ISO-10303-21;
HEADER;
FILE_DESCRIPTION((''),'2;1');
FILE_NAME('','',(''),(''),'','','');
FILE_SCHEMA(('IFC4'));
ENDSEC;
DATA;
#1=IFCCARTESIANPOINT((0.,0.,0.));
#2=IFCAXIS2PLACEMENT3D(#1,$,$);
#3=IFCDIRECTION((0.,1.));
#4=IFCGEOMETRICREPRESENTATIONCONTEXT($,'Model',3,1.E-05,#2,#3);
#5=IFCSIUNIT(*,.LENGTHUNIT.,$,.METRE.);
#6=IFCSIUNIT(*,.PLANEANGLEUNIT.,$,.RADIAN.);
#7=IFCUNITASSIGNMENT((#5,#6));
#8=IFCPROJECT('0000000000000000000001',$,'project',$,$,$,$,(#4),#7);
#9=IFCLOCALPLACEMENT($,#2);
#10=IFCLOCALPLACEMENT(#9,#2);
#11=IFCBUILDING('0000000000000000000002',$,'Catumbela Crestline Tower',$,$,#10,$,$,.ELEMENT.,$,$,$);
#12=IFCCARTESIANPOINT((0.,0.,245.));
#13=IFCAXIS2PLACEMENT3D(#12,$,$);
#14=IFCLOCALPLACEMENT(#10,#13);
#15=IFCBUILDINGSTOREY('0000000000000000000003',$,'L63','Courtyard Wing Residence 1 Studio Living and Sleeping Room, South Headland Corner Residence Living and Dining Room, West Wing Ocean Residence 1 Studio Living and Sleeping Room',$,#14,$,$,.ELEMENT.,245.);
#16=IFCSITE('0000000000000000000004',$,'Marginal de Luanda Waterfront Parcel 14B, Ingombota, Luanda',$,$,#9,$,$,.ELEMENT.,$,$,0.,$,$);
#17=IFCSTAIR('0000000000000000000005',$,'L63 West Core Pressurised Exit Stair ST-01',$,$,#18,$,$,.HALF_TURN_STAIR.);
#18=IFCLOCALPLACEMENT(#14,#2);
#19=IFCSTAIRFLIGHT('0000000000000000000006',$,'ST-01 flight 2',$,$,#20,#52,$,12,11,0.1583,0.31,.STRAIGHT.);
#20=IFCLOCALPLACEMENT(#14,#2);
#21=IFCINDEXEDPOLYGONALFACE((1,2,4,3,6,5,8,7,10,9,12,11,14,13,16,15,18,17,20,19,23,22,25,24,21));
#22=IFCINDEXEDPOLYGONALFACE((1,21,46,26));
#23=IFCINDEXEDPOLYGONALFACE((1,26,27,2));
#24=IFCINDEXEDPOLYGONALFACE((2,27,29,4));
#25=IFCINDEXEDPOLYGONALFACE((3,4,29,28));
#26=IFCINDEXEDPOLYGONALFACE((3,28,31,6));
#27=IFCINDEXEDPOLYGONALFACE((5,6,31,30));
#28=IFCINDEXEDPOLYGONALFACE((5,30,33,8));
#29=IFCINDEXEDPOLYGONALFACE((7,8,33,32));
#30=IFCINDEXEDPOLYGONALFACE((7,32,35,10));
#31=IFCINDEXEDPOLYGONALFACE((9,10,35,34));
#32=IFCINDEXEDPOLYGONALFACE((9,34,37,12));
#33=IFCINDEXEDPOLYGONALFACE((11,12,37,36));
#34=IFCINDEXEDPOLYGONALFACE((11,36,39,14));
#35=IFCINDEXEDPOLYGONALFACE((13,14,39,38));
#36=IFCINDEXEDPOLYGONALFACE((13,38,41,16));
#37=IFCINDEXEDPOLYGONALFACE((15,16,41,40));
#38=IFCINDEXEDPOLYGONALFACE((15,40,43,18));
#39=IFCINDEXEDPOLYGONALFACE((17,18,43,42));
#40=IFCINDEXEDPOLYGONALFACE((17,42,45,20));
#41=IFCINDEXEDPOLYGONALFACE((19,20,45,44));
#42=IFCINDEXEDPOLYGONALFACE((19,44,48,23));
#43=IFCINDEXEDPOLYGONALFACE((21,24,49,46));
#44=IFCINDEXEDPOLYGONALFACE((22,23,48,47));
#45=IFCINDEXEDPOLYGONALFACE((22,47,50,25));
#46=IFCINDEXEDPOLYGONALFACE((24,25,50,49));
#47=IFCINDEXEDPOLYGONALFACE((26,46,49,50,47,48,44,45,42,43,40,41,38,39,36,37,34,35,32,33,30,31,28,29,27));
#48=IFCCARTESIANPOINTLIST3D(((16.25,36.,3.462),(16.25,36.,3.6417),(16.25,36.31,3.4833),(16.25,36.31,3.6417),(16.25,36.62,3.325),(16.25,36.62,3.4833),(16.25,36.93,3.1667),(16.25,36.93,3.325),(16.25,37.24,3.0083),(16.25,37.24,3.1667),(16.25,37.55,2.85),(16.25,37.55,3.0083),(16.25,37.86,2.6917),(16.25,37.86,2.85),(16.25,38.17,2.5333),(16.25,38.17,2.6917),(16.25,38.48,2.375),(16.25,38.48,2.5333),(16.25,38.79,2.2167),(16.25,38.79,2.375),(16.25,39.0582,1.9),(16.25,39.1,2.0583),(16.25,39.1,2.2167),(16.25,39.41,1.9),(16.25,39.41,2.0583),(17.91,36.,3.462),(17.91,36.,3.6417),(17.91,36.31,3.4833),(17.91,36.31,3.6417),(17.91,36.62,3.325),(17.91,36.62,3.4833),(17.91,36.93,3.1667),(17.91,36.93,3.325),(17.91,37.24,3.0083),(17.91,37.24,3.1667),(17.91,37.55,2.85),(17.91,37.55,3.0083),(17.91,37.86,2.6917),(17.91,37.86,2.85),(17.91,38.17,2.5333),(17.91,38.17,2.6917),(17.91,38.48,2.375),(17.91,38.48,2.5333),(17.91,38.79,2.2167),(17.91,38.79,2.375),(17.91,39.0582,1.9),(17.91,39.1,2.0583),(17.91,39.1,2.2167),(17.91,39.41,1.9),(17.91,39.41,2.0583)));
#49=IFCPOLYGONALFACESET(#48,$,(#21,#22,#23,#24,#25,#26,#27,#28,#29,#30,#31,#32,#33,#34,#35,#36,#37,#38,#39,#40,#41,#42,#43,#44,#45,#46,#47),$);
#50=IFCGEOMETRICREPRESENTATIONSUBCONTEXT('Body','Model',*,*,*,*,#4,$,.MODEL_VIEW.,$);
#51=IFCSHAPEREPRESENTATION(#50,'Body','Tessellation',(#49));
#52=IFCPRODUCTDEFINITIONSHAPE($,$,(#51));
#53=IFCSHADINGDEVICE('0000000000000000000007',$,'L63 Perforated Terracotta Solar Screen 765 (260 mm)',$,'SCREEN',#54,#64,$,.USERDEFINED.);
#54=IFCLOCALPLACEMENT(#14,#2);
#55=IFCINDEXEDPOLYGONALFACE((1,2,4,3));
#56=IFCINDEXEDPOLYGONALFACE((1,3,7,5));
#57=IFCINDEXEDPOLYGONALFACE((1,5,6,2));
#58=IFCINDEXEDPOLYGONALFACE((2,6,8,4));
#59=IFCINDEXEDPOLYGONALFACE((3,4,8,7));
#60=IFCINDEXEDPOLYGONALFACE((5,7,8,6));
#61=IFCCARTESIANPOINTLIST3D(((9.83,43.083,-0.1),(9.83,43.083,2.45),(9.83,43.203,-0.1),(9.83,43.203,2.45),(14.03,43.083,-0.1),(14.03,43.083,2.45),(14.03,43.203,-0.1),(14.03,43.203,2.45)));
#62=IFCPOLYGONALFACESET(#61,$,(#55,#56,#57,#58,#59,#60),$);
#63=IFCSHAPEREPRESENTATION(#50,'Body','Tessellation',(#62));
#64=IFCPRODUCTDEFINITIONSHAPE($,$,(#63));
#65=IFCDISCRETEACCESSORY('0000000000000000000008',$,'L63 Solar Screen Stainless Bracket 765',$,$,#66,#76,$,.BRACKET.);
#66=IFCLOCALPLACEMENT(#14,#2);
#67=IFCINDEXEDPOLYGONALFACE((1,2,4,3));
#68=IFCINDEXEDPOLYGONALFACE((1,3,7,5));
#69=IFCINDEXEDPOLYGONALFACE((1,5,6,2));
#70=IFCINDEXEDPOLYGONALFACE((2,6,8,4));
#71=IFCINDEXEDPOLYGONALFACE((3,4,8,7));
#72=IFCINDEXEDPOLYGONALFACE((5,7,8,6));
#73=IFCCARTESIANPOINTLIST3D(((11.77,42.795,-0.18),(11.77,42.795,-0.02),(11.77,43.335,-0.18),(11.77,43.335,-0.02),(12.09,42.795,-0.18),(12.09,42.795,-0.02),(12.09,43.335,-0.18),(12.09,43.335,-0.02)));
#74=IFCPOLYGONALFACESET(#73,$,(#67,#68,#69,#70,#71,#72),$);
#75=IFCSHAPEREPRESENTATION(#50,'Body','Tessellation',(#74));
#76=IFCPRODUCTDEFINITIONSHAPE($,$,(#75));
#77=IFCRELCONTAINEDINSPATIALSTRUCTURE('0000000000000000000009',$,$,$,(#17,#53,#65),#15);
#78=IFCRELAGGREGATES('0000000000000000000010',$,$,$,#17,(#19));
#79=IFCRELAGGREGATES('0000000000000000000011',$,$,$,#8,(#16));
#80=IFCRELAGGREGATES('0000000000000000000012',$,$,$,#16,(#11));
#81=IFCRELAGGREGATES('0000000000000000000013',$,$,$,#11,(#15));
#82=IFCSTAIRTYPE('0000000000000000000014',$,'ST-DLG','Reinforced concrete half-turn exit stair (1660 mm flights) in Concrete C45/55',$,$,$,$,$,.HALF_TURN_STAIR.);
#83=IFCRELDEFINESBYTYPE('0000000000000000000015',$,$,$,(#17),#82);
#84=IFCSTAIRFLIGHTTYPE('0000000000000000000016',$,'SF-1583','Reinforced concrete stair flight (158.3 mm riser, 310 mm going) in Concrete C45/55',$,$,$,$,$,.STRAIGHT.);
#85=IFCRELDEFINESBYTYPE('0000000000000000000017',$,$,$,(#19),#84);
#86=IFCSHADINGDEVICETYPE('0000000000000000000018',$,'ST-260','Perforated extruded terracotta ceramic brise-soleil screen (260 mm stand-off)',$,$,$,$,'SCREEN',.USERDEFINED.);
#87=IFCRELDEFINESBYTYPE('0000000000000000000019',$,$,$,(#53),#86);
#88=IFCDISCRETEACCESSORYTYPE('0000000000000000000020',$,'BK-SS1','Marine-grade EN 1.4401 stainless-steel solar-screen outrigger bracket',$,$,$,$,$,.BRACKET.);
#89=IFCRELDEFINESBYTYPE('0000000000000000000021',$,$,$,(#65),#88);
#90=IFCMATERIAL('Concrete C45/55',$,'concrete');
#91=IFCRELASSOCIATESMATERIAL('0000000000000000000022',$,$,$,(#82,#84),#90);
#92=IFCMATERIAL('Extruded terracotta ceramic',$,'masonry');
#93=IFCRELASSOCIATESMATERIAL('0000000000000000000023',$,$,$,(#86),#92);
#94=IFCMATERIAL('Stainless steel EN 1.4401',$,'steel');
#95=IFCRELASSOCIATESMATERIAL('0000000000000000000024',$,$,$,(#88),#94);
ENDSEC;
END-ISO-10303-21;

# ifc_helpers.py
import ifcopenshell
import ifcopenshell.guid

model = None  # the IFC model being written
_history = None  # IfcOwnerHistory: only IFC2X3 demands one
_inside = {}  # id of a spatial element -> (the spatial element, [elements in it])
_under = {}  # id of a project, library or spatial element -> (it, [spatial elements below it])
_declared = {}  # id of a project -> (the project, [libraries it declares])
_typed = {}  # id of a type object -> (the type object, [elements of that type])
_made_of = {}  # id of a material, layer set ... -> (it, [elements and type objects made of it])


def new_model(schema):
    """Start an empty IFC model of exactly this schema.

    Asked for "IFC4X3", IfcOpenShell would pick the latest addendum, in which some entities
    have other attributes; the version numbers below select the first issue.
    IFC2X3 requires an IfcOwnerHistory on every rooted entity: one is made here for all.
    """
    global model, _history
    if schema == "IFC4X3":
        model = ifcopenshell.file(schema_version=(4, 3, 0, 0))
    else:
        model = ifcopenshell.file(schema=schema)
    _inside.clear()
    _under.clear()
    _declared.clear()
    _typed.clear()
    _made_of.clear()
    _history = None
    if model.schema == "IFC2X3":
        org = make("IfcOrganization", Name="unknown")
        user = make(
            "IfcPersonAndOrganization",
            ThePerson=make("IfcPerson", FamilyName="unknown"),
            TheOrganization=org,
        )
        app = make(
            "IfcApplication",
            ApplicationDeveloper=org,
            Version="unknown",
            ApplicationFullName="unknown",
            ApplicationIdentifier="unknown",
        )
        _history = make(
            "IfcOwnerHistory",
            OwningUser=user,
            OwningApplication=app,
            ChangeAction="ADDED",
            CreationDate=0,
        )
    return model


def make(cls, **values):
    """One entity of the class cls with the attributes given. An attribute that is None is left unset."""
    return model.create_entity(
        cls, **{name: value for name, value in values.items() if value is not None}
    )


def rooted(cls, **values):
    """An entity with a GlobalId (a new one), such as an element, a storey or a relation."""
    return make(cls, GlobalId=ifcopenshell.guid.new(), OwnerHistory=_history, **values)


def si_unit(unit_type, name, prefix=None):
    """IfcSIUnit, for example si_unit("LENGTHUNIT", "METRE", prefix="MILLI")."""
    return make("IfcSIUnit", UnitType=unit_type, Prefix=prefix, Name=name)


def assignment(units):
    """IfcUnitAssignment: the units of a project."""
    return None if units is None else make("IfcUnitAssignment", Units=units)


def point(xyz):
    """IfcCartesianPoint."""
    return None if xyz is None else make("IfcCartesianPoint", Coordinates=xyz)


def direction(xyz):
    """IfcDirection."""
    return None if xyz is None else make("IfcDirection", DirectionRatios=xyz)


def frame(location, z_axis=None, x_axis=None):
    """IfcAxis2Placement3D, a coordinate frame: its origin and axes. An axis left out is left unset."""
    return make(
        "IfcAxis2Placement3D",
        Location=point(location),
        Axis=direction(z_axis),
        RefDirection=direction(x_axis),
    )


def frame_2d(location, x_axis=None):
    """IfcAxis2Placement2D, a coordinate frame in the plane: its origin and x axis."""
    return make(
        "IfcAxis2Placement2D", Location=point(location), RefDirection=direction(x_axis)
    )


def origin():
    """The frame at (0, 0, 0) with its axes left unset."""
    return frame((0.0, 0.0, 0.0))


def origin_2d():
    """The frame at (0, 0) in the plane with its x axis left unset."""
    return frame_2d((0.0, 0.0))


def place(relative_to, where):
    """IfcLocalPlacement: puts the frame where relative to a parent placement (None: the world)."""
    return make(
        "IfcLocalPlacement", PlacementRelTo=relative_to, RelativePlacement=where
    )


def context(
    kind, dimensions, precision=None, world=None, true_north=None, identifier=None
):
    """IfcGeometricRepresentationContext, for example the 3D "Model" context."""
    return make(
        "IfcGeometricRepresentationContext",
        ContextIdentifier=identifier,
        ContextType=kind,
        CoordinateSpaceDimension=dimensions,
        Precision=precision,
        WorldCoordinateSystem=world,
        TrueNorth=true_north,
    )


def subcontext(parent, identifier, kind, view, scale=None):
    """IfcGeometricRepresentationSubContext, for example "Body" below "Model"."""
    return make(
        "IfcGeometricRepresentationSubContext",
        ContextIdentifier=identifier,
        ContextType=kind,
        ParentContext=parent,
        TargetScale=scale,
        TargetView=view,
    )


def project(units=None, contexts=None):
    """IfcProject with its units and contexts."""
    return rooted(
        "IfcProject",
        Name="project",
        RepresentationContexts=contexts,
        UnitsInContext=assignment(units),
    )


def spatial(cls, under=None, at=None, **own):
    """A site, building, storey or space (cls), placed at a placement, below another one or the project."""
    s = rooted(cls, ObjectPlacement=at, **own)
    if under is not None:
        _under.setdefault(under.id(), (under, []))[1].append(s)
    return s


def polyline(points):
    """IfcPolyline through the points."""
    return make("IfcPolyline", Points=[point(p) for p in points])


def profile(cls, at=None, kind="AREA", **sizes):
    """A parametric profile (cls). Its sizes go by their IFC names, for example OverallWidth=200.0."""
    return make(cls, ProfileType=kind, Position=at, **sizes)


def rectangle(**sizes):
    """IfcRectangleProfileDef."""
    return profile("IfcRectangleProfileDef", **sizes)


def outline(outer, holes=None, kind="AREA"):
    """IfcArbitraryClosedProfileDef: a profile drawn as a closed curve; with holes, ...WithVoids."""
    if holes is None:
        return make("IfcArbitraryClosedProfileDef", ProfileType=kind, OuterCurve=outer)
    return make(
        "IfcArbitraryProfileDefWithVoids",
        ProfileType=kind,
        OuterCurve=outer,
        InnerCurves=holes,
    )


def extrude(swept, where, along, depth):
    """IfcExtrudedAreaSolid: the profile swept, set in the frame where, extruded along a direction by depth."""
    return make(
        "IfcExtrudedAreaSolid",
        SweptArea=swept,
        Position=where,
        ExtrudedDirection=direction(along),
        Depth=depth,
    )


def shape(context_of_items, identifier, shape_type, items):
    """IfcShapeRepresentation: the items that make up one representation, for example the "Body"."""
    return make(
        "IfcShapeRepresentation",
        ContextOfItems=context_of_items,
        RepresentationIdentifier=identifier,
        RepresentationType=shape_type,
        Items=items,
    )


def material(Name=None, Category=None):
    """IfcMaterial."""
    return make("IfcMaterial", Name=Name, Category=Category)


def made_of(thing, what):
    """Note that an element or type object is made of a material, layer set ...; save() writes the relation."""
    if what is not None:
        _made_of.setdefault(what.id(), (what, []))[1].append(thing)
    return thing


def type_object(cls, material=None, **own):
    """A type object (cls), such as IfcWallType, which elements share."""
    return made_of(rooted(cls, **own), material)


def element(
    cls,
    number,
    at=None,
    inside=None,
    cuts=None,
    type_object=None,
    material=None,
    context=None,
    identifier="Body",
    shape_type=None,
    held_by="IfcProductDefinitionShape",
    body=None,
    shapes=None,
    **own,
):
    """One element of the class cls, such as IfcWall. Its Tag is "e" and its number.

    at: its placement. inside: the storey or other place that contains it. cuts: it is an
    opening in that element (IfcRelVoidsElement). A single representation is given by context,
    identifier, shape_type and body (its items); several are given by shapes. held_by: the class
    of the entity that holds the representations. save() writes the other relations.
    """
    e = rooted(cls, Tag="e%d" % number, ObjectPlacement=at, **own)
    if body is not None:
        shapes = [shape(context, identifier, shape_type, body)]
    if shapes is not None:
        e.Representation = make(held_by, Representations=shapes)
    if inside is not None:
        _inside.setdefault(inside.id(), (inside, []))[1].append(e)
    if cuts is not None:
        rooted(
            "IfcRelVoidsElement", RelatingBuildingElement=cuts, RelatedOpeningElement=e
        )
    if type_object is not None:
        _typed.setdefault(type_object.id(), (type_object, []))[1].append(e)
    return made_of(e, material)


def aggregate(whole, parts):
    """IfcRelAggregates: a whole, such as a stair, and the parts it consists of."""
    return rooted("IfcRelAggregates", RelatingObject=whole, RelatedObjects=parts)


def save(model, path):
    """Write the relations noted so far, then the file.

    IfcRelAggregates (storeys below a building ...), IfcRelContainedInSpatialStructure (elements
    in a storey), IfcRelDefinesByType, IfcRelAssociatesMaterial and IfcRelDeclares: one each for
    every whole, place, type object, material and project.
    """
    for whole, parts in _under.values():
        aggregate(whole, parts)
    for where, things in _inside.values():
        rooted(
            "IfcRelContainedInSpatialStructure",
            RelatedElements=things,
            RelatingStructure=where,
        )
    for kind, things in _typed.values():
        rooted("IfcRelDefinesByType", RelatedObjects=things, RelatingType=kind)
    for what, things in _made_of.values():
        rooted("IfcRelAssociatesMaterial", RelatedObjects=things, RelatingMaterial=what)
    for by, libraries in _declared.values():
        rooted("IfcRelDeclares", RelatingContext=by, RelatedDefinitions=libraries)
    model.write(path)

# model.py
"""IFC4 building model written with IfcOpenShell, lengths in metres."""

from ifc_helpers import new_model, si_unit, direction, frame, origin, origin_2d, place, context, subcontext, project, spatial, polyline, rectangle, outline, extrude, material, type_object, element, aggregate, save


model = new_model("IFC4")

# Units and contexts
model_context = context("Model", 3, precision=1e-05, world=origin(), true_north=direction((0.0, 1.0)))
body_context = subcontext(model_context, "Body", "Model", "MODEL_VIEW")
ifc_project = project(units=[si_unit("LENGTHUNIT", "METRE"), si_unit("PLANEANGLEUNIT", "RADIAN")], contexts=[model_context])

# Site, building, storey
site_placement = place(None, origin())
site = spatial("IfcSite", under=ifc_project, at=site_placement, Name="Marginal de Luanda Waterfront Parcel 14B, Ingombota, Luanda", CompositionType="ELEMENT", RefElevation=0.0)
building_placement = place(site_placement, origin())
building = spatial("IfcBuilding", under=site, at=building_placement, Name="Catumbela Crestline Tower", CompositionType="ELEMENT")
storey_placement = place(building_placement, frame((0.0, 0.0, 245.0)))
storey = spatial("IfcBuildingStorey", under=building, at=storey_placement, Name="L63", Description="Courtyard Wing Residence 1 Studio Living and Sleeping Room, South Headland Corner Residence Living and Dining Room, West Wing Ocean Residence 1 Studio Living and Sleeping Room", CompositionType="ELEMENT", Elevation=245.0)

# Shared definitions
ifc_material_1 = material(Name="Concrete C45/55", Category="concrete")

# Stair, stair flight
stair_type = type_object("IfcStairType", Name="ST-DLG", Description="Reinforced concrete half-turn exit stair (1660 mm flights) in Concrete C45/55", PredefinedType="HALF_TURN_STAIR", material=ifc_material_1)
stair_placement = place(storey_placement, origin())
stair = element("IfcStair", 1, at=stair_placement, inside=storey, type_object=stair_type, Name="L63 West Core Pressurised Exit Stair ST-01", PredefinedType="HALF_TURN_STAIR")
stair_flight_type = type_object("IfcStairFlightType", Name="SF-1583", Description="Reinforced concrete stair flight (158.3 mm riser, 310 mm going) in Concrete C45/55", PredefinedType="STRAIGHT", material=ifc_material_1)
stair_flight_placement = place(storey_placement, frame((17.08, 39.41, 1.9), z_axis=(0.0, 0.0, 1.0), x_axis=(0.0, -1.0, 0.0)))
stair_flight = element("IfcStairFlight", 2, at=stair_flight_placement, type_object=stair_flight_type, Name="ST-01 flight 2", NumberOfRisers=12, NumberOfTreads=11, PredefinedType="STRAIGHT", RiserHeight=0.1583, TreadLength=0.31, context=body_context, shape_type="SweptSolid", body=[
    extrude(outline(polyline([(0.0, 0.0), (0.0, 0.1583), (0.31, 0.1583), (0.31, 0.3167), (0.62, 0.3167), (0.62, 0.475), (0.93, 0.475), (0.93, 0.6333), (1.24, 0.6333), (1.24, 0.7917), (1.55, 0.7917), (1.55, 0.95), (1.86, 0.95), (1.86, 1.1083), (2.17, 1.1083), (2.17, 1.2667), (2.48, 1.2667), (2.48, 1.425), (2.79, 1.425), (2.79, 1.5833), (3.1, 1.5833), (3.1, 1.7417), (3.41, 1.7417), (3.41, 1.9), (3.41, 1.562), (0.3518, 0.0), (0.0, 0.0)])), frame((0.0, 0.83, 0.0), z_axis=(0.0, -1.0, 0.0), x_axis=(1.0, 0.0, 0.0)), (0.0, 0.0, 1.0), 1.66),
])
aggregate(stair, [stair_flight])

# Shading device
ifc_material_2 = material(Name="Extruded terracotta ceramic", Category="masonry")
shading_device_type = type_object("IfcShadingDeviceType", Name="ST-260", Description="Perforated extruded terracotta ceramic brise-soleil screen (260 mm stand-off)", ElementType="SCREEN", PredefinedType="USERDEFINED", material=ifc_material_2)
shading_device_placement = place(storey_placement, frame((11.93, 43.143, -0.1), z_axis=(0.0, 0.0, 1.0), x_axis=(-1.0, 0.0, 0.0)))
element("IfcShadingDevice", 3, at=shading_device_placement, inside=storey, type_object=shading_device_type, Name="L63 Perforated Terracotta Solar Screen 765 (260 mm)", ObjectType="SCREEN", PredefinedType="USERDEFINED", context=body_context, shape_type="SweptSolid", body=[
    extrude(rectangle(XDim=4.2, YDim=0.12, at=origin_2d()), origin(), (0.0, 0.0, 1.0), 2.55),
])

# Discrete accessory
ifc_material_3 = material(Name="Stainless steel EN 1.4401", Category="steel")
discrete_accessory_type = type_object("IfcDiscreteAccessoryType", Name="BK-SS1", Description="Marine-grade EN 1.4401 stainless-steel solar-screen outrigger bracket", PredefinedType="BRACKET", material=ifc_material_3)
discrete_accessory_placement = place(storey_placement, frame((11.93, 43.065, -0.18), z_axis=(0.0, 0.0, 1.0), x_axis=(-1.0, 0.0, 0.0)))
element("IfcDiscreteAccessory", 4, at=discrete_accessory_placement, inside=storey, type_object=discrete_accessory_type, Name="L63 Solar Screen Stainless Bracket 765", PredefinedType="BRACKET", context=body_context, shape_type="SweptSolid", body=[
    extrude(rectangle(XDim=0.32, YDim=0.54, at=origin_2d()), origin(), (0.0, 0.0, 1.0), 0.16),
])

save(model, "model.ifc")
